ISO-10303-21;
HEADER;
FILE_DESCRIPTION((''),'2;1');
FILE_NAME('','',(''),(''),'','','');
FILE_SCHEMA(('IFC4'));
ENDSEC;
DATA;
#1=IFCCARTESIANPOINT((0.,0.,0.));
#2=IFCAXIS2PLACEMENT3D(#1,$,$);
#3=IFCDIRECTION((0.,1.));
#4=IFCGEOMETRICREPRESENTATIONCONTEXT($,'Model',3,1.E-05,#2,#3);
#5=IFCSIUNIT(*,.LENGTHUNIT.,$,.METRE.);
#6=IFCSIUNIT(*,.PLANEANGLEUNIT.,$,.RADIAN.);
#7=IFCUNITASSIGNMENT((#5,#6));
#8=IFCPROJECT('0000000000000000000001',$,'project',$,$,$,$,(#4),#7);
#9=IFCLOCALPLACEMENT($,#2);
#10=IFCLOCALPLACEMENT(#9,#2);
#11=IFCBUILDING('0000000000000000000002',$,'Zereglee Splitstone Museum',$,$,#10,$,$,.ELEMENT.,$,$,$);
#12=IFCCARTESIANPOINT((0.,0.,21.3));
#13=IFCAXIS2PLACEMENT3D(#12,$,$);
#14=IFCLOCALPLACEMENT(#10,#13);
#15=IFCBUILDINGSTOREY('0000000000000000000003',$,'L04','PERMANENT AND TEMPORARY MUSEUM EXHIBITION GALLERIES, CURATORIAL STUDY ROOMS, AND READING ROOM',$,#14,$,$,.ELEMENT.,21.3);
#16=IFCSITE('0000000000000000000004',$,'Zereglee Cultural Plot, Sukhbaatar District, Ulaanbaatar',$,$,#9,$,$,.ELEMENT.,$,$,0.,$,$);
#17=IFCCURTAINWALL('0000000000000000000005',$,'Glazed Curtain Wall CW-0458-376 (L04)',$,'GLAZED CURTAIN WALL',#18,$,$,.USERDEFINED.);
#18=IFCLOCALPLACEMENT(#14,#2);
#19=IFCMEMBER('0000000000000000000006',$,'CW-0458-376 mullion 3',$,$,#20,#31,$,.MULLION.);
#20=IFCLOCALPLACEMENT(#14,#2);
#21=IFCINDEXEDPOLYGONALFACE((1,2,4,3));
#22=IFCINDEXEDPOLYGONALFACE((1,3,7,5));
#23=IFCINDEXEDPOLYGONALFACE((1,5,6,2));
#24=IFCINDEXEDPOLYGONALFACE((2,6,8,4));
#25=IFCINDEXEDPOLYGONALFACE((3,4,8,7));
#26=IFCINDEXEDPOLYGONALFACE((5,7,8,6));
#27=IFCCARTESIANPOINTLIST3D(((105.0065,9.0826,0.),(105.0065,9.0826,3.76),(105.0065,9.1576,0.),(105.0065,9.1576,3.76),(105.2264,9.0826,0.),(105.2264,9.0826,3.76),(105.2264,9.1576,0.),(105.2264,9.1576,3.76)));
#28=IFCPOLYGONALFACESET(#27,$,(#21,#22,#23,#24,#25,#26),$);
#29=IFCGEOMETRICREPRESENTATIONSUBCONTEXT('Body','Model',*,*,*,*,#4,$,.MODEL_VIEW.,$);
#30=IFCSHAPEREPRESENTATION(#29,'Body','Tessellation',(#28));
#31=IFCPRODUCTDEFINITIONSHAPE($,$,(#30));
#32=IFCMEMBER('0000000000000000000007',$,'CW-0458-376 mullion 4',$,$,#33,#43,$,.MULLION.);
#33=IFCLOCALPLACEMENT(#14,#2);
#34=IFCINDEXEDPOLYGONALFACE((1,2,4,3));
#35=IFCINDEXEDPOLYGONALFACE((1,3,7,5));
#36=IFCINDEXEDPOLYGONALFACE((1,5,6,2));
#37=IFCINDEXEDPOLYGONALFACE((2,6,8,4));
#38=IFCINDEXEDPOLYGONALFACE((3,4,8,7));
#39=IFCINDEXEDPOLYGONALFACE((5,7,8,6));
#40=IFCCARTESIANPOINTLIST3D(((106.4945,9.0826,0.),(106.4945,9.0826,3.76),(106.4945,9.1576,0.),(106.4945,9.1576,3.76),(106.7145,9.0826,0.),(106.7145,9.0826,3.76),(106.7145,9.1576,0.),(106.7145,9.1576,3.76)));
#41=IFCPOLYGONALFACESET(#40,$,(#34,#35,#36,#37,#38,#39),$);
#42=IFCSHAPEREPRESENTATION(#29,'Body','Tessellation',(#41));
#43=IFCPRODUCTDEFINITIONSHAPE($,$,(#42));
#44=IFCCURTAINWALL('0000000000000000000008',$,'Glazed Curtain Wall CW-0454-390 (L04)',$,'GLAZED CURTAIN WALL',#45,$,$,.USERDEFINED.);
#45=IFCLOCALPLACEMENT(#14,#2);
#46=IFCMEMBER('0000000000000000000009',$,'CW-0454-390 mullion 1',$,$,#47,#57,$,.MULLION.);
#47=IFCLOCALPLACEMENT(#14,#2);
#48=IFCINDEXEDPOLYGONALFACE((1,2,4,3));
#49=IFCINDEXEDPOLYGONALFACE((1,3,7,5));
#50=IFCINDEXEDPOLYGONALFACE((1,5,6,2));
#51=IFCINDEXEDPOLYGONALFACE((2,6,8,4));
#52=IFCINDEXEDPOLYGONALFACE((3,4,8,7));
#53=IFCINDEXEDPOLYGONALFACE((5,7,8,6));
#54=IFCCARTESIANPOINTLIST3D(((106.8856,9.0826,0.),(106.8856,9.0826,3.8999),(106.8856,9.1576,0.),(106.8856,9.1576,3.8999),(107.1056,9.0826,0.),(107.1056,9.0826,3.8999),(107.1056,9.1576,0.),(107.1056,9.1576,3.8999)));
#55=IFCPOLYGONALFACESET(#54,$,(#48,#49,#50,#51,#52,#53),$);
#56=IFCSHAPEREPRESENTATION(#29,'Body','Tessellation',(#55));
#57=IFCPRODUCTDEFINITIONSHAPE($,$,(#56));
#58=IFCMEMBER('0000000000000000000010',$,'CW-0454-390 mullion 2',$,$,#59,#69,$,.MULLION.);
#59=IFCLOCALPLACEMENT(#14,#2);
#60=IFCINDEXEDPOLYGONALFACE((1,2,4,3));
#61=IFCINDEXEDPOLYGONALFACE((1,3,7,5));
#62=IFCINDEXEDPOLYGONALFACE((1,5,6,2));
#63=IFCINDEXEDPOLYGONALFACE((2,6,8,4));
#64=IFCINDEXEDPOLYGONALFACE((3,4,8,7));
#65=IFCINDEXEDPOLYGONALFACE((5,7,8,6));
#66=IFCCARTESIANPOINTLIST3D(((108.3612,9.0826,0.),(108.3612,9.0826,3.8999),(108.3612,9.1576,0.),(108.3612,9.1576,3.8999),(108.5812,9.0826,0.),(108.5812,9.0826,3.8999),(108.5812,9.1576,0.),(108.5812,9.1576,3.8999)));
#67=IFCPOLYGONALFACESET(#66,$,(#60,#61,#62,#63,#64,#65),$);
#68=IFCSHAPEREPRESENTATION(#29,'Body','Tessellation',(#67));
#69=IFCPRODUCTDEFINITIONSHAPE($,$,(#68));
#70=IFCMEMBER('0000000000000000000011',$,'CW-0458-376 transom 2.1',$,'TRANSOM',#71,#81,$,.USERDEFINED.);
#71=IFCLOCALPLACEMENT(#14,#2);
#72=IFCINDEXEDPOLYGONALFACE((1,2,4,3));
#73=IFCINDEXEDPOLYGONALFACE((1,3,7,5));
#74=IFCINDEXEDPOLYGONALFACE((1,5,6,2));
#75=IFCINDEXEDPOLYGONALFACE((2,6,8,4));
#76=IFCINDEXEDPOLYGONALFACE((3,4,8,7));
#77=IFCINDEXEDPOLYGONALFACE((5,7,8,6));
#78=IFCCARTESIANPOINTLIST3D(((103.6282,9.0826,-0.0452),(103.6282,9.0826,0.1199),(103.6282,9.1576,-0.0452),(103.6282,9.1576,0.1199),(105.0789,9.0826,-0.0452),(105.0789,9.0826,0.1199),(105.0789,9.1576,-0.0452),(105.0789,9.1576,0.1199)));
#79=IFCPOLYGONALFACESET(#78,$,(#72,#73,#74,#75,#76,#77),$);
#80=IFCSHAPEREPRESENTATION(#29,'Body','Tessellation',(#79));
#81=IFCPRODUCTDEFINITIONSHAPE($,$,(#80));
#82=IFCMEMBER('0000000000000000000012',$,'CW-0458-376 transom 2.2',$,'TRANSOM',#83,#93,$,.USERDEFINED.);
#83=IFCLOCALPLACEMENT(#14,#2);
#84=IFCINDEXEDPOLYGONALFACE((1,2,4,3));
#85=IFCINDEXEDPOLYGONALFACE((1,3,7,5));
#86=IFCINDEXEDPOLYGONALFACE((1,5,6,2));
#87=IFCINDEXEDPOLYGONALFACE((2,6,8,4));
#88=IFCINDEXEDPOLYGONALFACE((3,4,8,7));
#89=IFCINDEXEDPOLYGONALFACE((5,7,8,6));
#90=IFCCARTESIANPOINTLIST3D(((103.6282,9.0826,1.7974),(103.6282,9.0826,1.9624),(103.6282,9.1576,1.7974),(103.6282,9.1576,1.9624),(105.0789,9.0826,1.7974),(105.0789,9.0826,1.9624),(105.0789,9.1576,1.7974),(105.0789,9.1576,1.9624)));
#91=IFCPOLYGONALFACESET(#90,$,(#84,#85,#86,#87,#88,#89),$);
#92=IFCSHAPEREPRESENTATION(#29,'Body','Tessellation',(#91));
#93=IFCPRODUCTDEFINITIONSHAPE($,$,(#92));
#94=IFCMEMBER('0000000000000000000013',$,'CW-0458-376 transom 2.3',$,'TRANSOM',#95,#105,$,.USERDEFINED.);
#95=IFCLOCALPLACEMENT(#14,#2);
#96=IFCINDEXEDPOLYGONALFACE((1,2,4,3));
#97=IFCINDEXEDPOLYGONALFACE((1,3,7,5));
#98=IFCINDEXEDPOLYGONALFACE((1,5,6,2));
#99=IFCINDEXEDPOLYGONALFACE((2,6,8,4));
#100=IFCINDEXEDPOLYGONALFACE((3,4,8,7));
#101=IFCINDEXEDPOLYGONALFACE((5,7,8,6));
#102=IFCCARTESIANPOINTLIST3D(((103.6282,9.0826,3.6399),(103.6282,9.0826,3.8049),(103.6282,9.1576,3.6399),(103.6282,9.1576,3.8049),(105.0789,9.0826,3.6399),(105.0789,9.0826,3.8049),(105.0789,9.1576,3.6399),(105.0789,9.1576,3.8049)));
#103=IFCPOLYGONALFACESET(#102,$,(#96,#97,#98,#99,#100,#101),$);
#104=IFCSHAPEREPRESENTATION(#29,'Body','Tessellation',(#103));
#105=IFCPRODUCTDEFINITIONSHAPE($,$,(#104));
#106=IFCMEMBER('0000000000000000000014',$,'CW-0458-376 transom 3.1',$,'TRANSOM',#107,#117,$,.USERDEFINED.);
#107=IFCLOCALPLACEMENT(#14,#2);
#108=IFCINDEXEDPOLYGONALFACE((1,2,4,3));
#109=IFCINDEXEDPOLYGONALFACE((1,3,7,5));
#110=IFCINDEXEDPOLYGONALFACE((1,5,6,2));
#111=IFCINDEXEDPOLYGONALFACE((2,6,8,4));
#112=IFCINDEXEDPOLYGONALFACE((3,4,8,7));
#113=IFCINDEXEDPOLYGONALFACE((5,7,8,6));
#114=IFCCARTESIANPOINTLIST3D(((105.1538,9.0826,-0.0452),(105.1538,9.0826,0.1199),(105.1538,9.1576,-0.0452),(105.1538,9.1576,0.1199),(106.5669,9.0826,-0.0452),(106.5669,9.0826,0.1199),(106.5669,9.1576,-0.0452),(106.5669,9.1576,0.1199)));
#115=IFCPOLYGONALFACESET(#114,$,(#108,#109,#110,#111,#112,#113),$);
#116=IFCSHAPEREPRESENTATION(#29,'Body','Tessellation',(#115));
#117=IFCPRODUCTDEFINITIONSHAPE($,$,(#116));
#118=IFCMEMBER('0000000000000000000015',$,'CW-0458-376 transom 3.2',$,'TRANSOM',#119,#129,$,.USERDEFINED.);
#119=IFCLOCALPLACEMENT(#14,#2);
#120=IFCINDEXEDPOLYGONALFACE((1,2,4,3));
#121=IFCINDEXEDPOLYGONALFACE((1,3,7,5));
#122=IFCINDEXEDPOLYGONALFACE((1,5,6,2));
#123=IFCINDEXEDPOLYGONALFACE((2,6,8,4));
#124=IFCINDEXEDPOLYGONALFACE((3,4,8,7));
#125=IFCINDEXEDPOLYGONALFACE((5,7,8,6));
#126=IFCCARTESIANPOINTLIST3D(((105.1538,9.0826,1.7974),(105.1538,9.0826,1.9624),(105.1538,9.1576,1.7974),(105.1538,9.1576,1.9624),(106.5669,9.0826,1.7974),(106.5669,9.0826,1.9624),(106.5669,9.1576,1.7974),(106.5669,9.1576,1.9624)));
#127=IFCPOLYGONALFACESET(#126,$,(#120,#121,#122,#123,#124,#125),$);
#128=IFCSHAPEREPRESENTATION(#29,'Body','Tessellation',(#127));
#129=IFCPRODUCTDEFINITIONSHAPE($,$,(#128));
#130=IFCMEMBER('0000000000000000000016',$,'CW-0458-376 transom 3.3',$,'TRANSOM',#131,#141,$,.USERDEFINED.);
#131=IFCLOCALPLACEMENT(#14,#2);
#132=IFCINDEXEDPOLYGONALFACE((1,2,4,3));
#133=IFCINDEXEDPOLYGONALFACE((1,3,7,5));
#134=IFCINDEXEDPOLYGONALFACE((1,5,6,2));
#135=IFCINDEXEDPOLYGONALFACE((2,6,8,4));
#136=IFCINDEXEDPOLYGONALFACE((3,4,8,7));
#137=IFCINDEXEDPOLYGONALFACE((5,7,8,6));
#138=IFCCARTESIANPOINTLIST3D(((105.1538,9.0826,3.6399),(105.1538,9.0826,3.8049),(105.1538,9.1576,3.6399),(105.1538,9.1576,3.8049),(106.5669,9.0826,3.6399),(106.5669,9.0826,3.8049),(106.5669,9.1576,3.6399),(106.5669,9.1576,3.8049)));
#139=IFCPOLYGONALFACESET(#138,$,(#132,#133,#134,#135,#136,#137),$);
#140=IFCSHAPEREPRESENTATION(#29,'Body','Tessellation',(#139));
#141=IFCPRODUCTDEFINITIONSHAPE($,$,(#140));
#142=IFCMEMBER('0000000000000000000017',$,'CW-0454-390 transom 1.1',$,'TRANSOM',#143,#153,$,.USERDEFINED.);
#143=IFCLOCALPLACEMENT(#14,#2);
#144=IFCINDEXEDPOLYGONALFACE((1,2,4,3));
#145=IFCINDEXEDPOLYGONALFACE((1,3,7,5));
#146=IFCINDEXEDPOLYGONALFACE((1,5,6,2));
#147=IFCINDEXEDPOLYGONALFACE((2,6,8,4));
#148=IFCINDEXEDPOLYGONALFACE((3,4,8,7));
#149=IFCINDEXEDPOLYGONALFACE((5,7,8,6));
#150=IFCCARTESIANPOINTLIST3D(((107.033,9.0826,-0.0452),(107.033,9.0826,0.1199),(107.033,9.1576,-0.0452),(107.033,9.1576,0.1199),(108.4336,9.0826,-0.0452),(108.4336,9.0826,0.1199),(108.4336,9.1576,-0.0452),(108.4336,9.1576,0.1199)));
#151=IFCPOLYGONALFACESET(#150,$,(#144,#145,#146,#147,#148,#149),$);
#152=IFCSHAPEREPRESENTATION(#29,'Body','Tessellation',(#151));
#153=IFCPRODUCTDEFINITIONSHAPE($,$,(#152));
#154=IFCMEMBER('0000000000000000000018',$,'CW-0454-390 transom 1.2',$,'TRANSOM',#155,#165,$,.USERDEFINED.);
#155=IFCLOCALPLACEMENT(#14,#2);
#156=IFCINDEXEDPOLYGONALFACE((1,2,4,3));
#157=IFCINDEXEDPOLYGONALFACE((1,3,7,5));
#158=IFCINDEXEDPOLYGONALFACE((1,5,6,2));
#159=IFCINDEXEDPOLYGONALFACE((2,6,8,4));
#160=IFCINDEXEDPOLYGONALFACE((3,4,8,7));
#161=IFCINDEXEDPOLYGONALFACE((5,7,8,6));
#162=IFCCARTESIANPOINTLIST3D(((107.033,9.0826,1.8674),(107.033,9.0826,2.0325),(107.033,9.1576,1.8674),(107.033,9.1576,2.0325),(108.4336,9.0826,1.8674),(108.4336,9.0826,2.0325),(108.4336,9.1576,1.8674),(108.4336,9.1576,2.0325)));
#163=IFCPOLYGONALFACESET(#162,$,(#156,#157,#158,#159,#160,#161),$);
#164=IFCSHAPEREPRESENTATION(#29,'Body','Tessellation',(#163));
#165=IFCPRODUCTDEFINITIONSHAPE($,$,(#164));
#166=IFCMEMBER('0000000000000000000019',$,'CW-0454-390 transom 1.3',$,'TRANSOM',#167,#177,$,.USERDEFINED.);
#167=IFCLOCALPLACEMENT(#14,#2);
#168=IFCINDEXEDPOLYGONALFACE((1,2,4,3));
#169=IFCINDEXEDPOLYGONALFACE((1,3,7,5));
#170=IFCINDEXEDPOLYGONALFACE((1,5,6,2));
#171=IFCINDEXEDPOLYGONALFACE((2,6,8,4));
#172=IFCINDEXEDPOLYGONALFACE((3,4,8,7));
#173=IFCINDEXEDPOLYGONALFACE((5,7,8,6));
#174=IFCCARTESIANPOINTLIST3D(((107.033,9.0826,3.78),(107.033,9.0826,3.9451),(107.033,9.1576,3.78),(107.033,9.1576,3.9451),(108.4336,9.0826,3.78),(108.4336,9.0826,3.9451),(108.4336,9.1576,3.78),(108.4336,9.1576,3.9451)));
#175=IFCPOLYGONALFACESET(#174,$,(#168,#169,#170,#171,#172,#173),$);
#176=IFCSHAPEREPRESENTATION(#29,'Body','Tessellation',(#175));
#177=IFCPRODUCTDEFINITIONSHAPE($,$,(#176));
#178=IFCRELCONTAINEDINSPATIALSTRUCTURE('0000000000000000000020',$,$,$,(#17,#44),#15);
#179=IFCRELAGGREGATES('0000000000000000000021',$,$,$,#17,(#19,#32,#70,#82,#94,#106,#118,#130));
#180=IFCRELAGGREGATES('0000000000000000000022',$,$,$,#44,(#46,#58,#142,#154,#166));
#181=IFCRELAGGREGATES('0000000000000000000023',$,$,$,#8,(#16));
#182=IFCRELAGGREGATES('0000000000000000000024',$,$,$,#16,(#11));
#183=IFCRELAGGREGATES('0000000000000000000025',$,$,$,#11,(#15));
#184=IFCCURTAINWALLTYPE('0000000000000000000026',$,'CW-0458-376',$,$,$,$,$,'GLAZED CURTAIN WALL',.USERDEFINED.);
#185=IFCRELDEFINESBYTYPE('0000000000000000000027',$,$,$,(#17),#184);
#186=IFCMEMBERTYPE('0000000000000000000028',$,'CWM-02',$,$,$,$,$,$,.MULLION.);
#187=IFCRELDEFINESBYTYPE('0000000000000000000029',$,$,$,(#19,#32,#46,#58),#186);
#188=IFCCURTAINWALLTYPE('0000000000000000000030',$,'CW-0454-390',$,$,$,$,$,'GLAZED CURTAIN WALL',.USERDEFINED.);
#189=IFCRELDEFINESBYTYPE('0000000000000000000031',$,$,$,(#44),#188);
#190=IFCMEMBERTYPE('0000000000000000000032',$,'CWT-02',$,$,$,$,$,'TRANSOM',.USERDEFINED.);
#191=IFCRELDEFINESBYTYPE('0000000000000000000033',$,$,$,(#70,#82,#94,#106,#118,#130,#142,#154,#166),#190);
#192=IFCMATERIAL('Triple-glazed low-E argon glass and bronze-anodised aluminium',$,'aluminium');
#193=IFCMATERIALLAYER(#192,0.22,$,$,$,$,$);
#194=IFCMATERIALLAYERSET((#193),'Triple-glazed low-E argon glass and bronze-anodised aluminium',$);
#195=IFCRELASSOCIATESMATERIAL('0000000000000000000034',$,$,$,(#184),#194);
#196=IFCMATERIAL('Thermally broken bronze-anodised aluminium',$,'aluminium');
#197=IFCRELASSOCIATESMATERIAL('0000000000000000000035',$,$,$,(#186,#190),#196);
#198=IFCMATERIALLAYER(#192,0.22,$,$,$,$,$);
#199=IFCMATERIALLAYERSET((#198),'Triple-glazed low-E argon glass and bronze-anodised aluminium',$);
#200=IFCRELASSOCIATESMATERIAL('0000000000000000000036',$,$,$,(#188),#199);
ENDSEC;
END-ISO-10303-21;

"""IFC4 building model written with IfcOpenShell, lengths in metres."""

from ifc_helpers import new_model, si_unit, direction, frame, origin, origin_2d, place, context, subcontext, project, spatial, rectangle, extrude, material, layer, layer_set, material_profile, profile_set, type_object, element, aggregate, save


model = new_model("IFC4")

# Units and contexts
model_context = context("Model", 3, precision=1e-05, world=origin(), true_north=direction((0.0, 1.0)))
body_context = subcontext(model_context, "Body", "Model", "MODEL_VIEW")
ifc_project = project(units=[si_unit("LENGTHUNIT", "METRE"), si_unit("PLANEANGLEUNIT", "RADIAN")], contexts=[model_context])

# Site, building, storey
site_placement = place(None, origin())
site = spatial("IfcSite", under=ifc_project, at=site_placement, Name="Zereglee Cultural Plot, Sukhbaatar District, Ulaanbaatar", CompositionType="ELEMENT", RefElevation=0.0)
building_placement = place(site_placement, origin())
building = spatial("IfcBuilding", under=site, at=building_placement, Name="Zereglee Splitstone Museum", CompositionType="ELEMENT")
storey_placement = place(building_placement, frame((0.0, 0.0, 21.3)))
storey = spatial("IfcBuildingStorey", under=building, at=storey_placement, Name="L04", Description="PERMANENT AND TEMPORARY MUSEUM EXHIBITION GALLERIES, CURATORIAL STUDY ROOMS, AND READING ROOM", CompositionType="ELEMENT", Elevation=21.3)

# Curtain walls, members
ifc_material_1 = material(Name="Triple-glazed low-E argon glass and bronze-anodised aluminium", Category="aluminium")
ifc_layer_1 = layer(ifc_material_1, 0.22)
ifc_layer_set_1 = layer_set([ifc_layer_1], Name="Triple-glazed low-E argon glass and bronze-anodised aluminium")
curtain_wall_type_1 = type_object("IfcCurtainWallType", Name="CW-0458-376", ElementType="GLAZED CURTAIN WALL", PredefinedType="USERDEFINED", material=ifc_layer_set_1)
curtain_wall_1_placement = place(storey_placement, origin())
curtain_wall_1 = element("IfcCurtainWall", 1, at=curtain_wall_1_placement, inside=storey, type_object=curtain_wall_type_1, Name="Glazed Curtain Wall CW-0458-376 (L04)", ObjectType="GLAZED CURTAIN WALL", PredefinedType="USERDEFINED")
ifc_material_2 = material(Name="Thermally broken bronze-anodised aluminium", Category="aluminium")
ifc_material_profile_1 = material_profile(ifc_material_2, rectangle(XDim=0.075, YDim=0.22, at=origin_2d()), Name="CW MULL 75x220")
ifc_profile_set_1 = profile_set([ifc_material_profile_1], Name="Thermally broken bronze-anodised aluminium")
member_type_1 = type_object("IfcMemberType", Name="CWM-02", PredefinedType="MULLION", material=ifc_profile_set_1)
member_1_placement = place(storey_placement, frame((105.1165, 9.1201, 0.0), z_axis=(0.0, 0.0, 1.0), x_axis=(0.0, 1.0, 0.0)))
member_1 = element("IfcMember", 2, at=member_1_placement, type_object=member_type_1, Name="CW-0458-376 mullion 3", PredefinedType="MULLION", context=body_context, shape_type="SweptSolid", body=[
    extrude(rectangle(XDim=0.075, YDim=0.22, at=origin_2d()), origin(), (0.0, 0.0, 1.0), 3.76),
])
member_2_placement = place(storey_placement, frame((106.6045, 9.1201, 0.0), z_axis=(0.0, 0.0, 1.0), x_axis=(0.0, 1.0, 0.0)))
member_2 = element("IfcMember", 3, at=member_2_placement, type_object=member_type_1, Name="CW-0458-376 mullion 4", PredefinedType="MULLION", context=body_context, shape_type="SweptSolid", body=[
    extrude(rectangle(XDim=0.075, YDim=0.22, at=origin_2d()), origin(), (0.0, 0.0, 1.0), 3.76),
])
ifc_layer_2 = layer(ifc_material_1, 0.22)
ifc_layer_set_2 = layer_set([ifc_layer_2], Name="Triple-glazed low-E argon glass and bronze-anodised aluminium")
curtain_wall_type_2 = type_object("IfcCurtainWallType", Name="CW-0454-390", ElementType="GLAZED CURTAIN WALL", PredefinedType="USERDEFINED", material=ifc_layer_set_2)
curtain_wall_2_placement = place(storey_placement, origin())
curtain_wall_2 = element("IfcCurtainWall", 4, at=curtain_wall_2_placement, inside=storey, type_object=curtain_wall_type_2, Name="Glazed Curtain Wall CW-0454-390 (L04)", ObjectType="GLAZED CURTAIN WALL", PredefinedType="USERDEFINED")
member_3_placement = place(storey_placement, frame((106.9956, 9.1201, 0.0), z_axis=(0.0, 0.0, 1.0), x_axis=(0.0, 1.0, 0.0)))
member_3 = element("IfcMember", 5, at=member_3_placement, type_object=member_type_1, Name="CW-0454-390 mullion 1", PredefinedType="MULLION", context=body_context, shape_type="SweptSolid", body=[
    extrude(rectangle(XDim=0.075, YDim=0.22, at=origin_2d()), origin(), (0.0, 0.0, 1.0), 3.8999),
])
member_4_placement = place(storey_placement, frame((108.4712, 9.1201, 0.0), z_axis=(0.0, 0.0, 1.0), x_axis=(0.0, 1.0, 0.0)))
member_4 = element("IfcMember", 6, at=member_4_placement, type_object=member_type_1, Name="CW-0454-390 mullion 2", PredefinedType="MULLION", context=body_context, shape_type="SweptSolid", body=[
    extrude(rectangle(XDim=0.075, YDim=0.22, at=origin_2d()), origin(), (0.0, 0.0, 1.0), 3.8999),
])

# Members
ifc_material_profile_2 = material_profile(ifc_material_2, rectangle(XDim=0.075, YDim=0.165, at=origin_2d()), Name="CW TRAN 75x165")
ifc_profile_set_2 = profile_set([ifc_material_profile_2], Name="Thermally broken bronze-anodised aluminium")
member_type_2 = type_object("IfcMemberType", Name="CWT-02", ElementType="TRANSOM", PredefinedType="USERDEFINED", material=ifc_profile_set_2)
member_5_placement = place(storey_placement, frame((103.6282, 9.1201, 0.0374), z_axis=(1.0, 0.0, 0.0), x_axis=(0.0, 1.0, 0.0)))
member_5 = element("IfcMember", 7, at=member_5_placement, type_object=member_type_2, Name="CW-0458-376 transom 2.1", ObjectType="TRANSOM", PredefinedType="USERDEFINED", context=body_context, shape_type="SweptSolid", body=[
    extrude(rectangle(XDim=0.075, YDim=0.165, at=origin_2d()), origin(), (0.0, 0.0, 1.0), 1.4507),
])
member_6_placement = place(storey_placement, frame((103.6282, 9.1201, 1.8799), z_axis=(1.0, 0.0, 0.0), x_axis=(0.0, 1.0, 0.0)))
member_6 = element("IfcMember", 8, at=member_6_placement, type_object=member_type_2, Name="CW-0458-376 transom 2.2", ObjectType="TRANSOM", PredefinedType="USERDEFINED", context=body_context, shape_type="SweptSolid", body=[
    extrude(rectangle(XDim=0.075, YDim=0.165, at=origin_2d()), origin(), (0.0, 0.0, 1.0), 1.4507),
])
member_7_placement = place(storey_placement, frame((103.6282, 9.1201, 3.7224), z_axis=(1.0, 0.0, 0.0), x_axis=(0.0, 1.0, 0.0)))
member_7 = element("IfcMember", 9, at=member_7_placement, type_object=member_type_2, Name="CW-0458-376 transom 2.3", ObjectType="TRANSOM", PredefinedType="USERDEFINED", context=body_context, shape_type="SweptSolid", body=[
    extrude(rectangle(XDim=0.075, YDim=0.165, at=origin_2d()), origin(), (0.0, 0.0, 1.0), 1.4507),
])
member_8_placement = place(storey_placement, frame((105.1538, 9.1201, 0.0374), z_axis=(1.0, 0.0, 0.0), x_axis=(0.0, 1.0, 0.0)))
member_8 = element("IfcMember", 10, at=member_8_placement, type_object=member_type_2, Name="CW-0458-376 transom 3.1", ObjectType="TRANSOM", PredefinedType="USERDEFINED", context=body_context, shape_type="SweptSolid", body=[
    extrude(rectangle(XDim=0.075, YDim=0.165, at=origin_2d()), origin(), (0.0, 0.0, 1.0), 1.4131),
])
member_9_placement = place(storey_placement, frame((105.1538, 9.1201, 1.8799), z_axis=(1.0, 0.0, 0.0), x_axis=(0.0, 1.0, 0.0)))
member_9 = element("IfcMember", 11, at=member_9_placement, type_object=member_type_2, Name="CW-0458-376 transom 3.2", ObjectType="TRANSOM", PredefinedType="USERDEFINED", context=body_context, shape_type="SweptSolid", body=[
    extrude(rectangle(XDim=0.075, YDim=0.165, at=origin_2d()), origin(), (0.0, 0.0, 1.0), 1.4131),
])
member_10_placement = place(storey_placement, frame((105.1538, 9.1201, 3.7224), z_axis=(1.0, 0.0, 0.0), x_axis=(0.0, 1.0, 0.0)))
member_10 = element("IfcMember", 12, at=member_10_placement, type_object=member_type_2, Name="CW-0458-376 transom 3.3", ObjectType="TRANSOM", PredefinedType="USERDEFINED", context=body_context, shape_type="SweptSolid", body=[
    extrude(rectangle(XDim=0.075, YDim=0.165, at=origin_2d()), origin(), (0.0, 0.0, 1.0), 1.4131),
])
member_11_placement = place(storey_placement, frame((107.033, 9.1201, 0.0374), z_axis=(1.0, 0.0, 0.0), x_axis=(0.0, 1.0, 0.0)))
member_11 = element("IfcMember", 13, at=member_11_placement, type_object=member_type_2, Name="CW-0454-390 transom 1.1", ObjectType="TRANSOM", PredefinedType="USERDEFINED", context=body_context, shape_type="SweptSolid", body=[
    extrude(rectangle(XDim=0.075, YDim=0.165, at=origin_2d()), origin(), (0.0, 0.0, 1.0), 1.4006),
])
member_12_placement = place(storey_placement, frame((107.033, 9.1201, 1.95), z_axis=(1.0, 0.0, 0.0), x_axis=(0.0, 1.0, 0.0)))
member_12 = element("IfcMember", 14, at=member_12_placement, type_object=member_type_2, Name="CW-0454-390 transom 1.2", ObjectType="TRANSOM", PredefinedType="USERDEFINED", context=body_context, shape_type="SweptSolid", body=[
    extrude(rectangle(XDim=0.075, YDim=0.165, at=origin_2d()), origin(), (0.0, 0.0, 1.0), 1.4006),
])
member_13_placement = place(storey_placement, frame((107.033, 9.1201, 3.8625), z_axis=(1.0, 0.0, 0.0), x_axis=(0.0, 1.0, 0.0)))
member_13 = element("IfcMember", 15, at=member_13_placement, type_object=member_type_2, Name="CW-0454-390 transom 1.3", ObjectType="TRANSOM", PredefinedType="USERDEFINED", context=body_context, shape_type="SweptSolid", body=[
    extrude(rectangle(XDim=0.075, YDim=0.165, at=origin_2d()), origin(), (0.0, 0.0, 1.0), 1.4006),
])

aggregate(curtain_wall_1, [member_1, member_2, member_5, member_6, member_7, member_8, member_9, member_10])
aggregate(curtain_wall_2, [member_3, member_4, member_11, member_12, member_13])

save(model, "model.ifc")
